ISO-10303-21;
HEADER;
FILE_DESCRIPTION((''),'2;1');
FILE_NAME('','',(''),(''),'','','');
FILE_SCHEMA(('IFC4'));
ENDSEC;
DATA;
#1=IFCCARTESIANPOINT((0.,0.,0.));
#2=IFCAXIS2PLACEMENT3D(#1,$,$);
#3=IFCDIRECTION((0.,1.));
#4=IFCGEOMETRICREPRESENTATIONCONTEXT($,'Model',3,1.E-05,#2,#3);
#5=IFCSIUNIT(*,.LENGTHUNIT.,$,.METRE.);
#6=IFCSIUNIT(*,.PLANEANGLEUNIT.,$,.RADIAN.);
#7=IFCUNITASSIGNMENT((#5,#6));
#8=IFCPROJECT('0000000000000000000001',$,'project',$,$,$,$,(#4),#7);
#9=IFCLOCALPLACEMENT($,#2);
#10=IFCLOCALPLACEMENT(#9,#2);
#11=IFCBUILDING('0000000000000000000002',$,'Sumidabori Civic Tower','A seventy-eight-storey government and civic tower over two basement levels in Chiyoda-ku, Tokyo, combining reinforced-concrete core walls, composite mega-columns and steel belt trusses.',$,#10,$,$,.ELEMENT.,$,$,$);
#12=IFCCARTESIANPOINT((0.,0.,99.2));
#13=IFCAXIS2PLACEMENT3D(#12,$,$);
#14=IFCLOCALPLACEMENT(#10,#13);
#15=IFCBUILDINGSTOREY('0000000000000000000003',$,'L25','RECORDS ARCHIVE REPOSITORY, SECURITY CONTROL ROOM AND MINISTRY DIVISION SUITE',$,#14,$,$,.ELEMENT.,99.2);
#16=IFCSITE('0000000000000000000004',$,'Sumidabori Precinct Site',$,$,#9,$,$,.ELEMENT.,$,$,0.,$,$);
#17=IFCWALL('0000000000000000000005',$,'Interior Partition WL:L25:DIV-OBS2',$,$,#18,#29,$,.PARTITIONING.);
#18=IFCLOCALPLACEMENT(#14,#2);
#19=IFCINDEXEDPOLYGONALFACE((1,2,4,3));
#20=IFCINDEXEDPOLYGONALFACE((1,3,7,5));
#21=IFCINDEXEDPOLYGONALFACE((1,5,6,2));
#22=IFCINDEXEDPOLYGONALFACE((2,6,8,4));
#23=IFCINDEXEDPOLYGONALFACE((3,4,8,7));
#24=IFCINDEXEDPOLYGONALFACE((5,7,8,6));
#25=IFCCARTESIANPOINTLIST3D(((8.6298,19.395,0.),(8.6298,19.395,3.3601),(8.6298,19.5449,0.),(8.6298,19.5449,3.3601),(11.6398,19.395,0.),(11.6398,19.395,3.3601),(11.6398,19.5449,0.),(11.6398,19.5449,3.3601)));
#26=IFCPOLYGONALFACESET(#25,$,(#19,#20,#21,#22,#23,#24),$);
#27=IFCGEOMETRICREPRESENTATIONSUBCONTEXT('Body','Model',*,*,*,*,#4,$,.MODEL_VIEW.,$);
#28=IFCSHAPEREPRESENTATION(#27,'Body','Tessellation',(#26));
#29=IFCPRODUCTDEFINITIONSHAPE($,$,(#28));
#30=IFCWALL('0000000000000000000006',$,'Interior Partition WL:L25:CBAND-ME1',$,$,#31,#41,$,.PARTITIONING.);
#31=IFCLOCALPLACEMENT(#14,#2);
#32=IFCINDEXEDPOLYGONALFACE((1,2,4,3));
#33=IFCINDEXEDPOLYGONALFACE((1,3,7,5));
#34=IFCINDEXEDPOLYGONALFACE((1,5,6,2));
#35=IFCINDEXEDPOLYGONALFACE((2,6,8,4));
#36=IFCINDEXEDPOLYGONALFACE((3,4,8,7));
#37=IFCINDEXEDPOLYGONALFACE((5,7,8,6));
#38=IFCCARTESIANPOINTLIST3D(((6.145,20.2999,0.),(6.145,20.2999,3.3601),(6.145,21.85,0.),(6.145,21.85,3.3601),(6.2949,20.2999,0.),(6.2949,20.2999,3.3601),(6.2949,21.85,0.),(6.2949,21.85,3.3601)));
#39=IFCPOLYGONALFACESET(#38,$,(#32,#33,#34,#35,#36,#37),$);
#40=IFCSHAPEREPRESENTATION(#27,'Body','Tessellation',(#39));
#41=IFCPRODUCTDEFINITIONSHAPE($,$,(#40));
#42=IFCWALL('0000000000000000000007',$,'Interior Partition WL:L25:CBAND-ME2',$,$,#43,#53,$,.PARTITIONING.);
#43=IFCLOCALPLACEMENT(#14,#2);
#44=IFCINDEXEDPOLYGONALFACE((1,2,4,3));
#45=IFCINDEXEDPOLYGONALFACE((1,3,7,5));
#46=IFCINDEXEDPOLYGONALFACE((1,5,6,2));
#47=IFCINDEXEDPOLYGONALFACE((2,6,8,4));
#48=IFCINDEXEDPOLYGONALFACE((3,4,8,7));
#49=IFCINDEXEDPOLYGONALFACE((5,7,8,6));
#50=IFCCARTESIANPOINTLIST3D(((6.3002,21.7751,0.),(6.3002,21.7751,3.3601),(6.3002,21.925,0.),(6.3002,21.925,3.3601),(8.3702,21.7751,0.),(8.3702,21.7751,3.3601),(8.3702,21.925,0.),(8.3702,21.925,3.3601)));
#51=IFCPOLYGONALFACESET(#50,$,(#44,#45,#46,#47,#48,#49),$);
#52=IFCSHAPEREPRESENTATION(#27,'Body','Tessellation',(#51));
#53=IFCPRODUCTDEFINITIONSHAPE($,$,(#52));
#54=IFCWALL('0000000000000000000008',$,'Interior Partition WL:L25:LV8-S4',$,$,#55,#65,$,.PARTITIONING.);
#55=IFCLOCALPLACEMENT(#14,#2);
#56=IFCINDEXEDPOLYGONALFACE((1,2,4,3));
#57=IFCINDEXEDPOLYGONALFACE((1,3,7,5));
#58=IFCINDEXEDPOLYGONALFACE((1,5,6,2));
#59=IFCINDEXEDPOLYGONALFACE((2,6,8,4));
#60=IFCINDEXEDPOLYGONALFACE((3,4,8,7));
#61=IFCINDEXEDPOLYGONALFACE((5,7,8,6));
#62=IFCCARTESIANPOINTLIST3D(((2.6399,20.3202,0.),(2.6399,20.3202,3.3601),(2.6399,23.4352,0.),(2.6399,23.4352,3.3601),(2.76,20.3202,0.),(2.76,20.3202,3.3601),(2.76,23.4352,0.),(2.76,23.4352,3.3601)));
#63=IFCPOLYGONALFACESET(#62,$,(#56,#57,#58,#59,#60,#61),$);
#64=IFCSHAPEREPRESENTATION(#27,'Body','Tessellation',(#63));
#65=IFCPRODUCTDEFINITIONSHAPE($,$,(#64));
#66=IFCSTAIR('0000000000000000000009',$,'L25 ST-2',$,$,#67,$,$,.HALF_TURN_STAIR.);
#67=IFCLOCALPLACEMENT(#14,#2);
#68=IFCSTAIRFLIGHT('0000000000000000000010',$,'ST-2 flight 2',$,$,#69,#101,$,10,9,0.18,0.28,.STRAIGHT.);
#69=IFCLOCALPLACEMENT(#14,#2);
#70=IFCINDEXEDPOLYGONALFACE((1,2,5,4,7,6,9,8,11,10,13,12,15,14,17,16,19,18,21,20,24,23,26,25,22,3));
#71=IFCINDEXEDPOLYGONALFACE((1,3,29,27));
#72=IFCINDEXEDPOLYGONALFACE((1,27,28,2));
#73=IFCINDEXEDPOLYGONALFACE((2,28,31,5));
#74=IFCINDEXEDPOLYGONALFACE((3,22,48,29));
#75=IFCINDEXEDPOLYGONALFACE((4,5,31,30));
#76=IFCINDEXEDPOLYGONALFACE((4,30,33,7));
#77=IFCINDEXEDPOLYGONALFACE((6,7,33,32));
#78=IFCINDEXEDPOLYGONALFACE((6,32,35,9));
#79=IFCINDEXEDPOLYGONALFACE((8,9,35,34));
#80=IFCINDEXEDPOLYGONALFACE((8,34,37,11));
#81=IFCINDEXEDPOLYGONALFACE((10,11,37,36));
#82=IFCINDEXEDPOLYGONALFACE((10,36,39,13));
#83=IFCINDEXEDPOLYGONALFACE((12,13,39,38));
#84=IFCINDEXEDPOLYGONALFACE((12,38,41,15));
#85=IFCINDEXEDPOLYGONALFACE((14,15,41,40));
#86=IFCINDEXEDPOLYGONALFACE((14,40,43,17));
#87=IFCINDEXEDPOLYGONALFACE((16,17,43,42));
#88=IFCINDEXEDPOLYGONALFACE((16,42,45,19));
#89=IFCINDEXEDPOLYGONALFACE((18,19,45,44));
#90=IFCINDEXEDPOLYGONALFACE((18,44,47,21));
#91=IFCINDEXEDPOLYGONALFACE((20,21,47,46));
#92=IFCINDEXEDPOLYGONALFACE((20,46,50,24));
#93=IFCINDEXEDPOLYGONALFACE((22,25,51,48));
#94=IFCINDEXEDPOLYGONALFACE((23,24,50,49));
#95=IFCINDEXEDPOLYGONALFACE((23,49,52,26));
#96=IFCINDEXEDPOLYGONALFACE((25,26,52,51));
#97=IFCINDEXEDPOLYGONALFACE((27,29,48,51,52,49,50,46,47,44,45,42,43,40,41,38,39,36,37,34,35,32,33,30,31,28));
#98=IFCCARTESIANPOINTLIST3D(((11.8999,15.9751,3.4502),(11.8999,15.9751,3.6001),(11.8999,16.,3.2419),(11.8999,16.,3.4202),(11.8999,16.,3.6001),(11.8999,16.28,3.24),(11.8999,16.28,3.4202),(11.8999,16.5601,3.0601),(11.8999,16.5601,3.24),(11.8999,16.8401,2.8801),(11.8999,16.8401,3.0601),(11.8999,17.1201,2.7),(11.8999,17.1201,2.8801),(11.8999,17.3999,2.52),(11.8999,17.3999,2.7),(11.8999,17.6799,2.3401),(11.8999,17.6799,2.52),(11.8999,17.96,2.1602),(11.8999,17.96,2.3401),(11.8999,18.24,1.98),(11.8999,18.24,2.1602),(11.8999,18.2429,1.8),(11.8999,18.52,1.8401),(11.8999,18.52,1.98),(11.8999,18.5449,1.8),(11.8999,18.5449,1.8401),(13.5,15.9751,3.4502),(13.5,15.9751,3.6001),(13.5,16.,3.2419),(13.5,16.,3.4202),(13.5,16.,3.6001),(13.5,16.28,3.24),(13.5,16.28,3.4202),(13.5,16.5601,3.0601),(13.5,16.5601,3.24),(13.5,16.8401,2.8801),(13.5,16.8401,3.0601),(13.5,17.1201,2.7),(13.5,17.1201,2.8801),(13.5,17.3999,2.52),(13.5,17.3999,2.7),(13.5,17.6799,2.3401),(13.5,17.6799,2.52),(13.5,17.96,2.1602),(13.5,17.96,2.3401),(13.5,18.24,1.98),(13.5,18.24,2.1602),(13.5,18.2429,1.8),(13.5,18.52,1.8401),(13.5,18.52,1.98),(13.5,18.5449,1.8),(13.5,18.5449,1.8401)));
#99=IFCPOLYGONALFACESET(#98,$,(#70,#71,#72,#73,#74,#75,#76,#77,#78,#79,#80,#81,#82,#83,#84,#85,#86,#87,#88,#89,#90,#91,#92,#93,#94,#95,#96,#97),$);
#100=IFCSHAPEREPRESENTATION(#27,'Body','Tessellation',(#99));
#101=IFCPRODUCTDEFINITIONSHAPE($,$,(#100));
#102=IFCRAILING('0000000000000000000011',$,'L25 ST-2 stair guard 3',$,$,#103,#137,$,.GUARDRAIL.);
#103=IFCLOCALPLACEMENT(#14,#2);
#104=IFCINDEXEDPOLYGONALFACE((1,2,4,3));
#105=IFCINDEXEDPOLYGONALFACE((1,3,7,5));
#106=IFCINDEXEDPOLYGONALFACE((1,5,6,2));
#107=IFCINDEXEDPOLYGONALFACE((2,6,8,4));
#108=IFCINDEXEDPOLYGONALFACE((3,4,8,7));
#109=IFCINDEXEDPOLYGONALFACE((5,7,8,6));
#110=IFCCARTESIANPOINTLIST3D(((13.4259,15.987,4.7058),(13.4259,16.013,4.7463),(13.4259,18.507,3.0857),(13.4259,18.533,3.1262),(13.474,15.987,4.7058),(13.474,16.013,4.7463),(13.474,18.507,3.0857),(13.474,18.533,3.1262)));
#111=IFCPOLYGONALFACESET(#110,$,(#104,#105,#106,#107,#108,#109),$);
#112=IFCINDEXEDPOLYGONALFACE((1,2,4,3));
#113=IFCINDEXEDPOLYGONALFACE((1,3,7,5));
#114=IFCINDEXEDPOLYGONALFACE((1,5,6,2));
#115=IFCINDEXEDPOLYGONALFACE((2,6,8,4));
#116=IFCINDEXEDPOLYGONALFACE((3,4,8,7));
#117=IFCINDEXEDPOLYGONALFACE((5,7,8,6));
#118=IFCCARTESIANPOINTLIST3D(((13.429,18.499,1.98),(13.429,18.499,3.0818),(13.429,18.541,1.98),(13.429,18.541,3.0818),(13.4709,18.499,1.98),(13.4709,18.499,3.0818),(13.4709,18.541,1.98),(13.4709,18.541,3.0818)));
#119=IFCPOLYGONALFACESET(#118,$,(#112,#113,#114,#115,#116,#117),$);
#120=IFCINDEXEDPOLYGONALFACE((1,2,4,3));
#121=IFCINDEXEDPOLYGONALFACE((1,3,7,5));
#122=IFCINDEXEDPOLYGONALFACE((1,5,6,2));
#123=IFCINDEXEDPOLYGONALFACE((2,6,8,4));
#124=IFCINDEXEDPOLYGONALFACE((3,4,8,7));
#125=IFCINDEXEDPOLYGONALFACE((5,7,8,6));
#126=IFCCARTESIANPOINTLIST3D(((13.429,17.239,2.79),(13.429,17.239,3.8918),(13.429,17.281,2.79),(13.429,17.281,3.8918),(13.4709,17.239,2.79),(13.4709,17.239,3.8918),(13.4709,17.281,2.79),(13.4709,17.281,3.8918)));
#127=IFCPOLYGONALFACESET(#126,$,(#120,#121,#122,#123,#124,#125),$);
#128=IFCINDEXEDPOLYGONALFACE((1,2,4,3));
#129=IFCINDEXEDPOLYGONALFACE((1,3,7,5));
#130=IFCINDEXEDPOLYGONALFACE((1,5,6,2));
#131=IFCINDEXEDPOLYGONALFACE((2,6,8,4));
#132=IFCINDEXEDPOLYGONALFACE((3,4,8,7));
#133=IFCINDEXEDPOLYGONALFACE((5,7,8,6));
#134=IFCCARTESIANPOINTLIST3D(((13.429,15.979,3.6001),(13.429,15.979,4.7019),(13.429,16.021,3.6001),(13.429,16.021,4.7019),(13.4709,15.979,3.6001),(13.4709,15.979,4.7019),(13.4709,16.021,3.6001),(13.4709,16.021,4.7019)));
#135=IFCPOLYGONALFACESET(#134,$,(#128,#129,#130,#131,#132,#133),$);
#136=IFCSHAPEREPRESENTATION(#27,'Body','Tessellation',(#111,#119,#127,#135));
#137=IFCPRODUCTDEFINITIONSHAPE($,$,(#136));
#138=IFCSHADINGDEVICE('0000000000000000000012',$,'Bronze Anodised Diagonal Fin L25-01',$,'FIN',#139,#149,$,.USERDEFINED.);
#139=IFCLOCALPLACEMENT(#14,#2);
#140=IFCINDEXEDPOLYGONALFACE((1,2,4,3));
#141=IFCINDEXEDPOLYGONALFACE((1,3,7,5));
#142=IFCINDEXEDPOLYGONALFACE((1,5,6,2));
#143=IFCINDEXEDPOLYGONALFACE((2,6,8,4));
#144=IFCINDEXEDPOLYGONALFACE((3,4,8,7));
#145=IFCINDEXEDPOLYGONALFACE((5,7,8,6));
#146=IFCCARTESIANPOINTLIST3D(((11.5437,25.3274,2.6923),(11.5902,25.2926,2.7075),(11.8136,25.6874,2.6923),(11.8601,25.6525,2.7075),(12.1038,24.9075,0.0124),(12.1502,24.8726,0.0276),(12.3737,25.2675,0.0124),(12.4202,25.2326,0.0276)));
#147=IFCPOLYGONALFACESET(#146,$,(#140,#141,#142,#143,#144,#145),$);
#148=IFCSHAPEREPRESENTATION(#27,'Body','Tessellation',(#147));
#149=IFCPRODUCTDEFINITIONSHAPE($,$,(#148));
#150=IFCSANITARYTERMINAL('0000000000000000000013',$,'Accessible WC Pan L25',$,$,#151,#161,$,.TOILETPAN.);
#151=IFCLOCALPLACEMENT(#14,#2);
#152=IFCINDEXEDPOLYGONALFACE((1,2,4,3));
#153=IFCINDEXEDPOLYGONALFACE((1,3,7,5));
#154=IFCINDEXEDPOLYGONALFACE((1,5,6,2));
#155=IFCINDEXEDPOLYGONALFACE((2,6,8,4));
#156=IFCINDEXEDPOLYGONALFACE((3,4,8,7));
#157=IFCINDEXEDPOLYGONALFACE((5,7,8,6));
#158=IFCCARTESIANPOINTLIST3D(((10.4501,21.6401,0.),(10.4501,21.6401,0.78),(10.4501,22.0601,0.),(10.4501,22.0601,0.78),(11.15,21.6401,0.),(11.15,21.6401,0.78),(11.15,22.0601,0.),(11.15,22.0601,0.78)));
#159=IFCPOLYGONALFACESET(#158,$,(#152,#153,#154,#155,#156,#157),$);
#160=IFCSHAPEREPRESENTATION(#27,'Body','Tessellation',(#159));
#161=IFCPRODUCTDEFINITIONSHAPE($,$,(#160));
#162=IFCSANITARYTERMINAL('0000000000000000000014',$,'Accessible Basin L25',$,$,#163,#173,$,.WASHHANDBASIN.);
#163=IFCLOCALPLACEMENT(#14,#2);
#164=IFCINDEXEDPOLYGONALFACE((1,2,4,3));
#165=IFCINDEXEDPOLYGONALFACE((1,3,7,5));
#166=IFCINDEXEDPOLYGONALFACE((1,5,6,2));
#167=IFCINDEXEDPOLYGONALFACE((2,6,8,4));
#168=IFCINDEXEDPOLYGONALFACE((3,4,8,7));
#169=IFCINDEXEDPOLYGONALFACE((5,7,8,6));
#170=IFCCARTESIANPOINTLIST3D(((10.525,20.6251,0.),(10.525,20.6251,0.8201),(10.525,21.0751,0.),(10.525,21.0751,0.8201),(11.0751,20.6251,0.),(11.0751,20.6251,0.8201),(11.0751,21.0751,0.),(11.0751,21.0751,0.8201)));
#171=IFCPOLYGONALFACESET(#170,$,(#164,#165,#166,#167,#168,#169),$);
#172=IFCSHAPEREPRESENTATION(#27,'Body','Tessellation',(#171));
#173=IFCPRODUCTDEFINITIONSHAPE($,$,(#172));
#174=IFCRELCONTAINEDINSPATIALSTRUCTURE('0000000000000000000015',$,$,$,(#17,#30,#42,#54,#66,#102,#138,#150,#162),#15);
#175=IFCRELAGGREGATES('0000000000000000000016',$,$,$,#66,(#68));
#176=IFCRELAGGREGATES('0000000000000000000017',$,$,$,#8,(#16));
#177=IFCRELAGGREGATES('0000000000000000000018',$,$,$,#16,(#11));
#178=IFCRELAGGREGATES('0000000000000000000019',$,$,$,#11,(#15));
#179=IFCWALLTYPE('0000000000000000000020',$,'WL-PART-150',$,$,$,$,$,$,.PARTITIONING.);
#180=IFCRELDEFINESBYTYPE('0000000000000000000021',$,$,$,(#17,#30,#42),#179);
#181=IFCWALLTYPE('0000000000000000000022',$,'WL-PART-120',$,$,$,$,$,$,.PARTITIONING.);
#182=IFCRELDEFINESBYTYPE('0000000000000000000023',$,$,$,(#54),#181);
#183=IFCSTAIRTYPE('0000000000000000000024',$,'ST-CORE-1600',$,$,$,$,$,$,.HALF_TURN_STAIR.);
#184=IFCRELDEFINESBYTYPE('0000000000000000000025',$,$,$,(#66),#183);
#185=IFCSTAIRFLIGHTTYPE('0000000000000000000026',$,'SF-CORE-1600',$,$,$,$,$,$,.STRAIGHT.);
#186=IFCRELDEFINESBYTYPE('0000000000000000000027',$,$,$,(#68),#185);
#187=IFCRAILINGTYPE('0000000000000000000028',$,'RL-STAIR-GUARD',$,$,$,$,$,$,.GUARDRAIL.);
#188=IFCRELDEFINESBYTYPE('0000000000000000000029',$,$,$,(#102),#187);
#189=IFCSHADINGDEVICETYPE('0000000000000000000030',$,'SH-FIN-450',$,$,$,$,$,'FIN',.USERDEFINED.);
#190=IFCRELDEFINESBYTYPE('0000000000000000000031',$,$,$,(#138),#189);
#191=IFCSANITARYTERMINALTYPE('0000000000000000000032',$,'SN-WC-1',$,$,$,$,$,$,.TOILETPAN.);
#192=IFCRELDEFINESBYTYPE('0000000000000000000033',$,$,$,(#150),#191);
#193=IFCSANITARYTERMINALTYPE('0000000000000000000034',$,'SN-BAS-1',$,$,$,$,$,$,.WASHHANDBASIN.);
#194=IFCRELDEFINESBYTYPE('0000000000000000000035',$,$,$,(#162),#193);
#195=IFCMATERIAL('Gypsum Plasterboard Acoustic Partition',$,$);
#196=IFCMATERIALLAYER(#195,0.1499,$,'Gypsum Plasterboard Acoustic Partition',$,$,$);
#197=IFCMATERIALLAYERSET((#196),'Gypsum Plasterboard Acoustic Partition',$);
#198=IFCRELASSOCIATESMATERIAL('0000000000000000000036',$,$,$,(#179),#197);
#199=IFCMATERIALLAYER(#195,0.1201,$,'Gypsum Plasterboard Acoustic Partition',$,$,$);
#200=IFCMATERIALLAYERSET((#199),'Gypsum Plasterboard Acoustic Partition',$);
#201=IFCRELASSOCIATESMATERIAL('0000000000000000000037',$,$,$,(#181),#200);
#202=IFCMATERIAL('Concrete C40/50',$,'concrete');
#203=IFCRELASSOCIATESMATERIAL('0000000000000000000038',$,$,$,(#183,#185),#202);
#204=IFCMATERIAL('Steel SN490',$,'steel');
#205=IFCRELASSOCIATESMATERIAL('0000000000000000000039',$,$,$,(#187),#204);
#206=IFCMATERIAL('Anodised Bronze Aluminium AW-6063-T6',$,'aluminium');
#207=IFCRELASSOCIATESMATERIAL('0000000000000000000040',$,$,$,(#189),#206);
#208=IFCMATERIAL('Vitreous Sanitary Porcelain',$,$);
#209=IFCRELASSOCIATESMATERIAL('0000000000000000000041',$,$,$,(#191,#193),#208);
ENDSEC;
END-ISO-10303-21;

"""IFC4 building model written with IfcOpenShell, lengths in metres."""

from ifc_helpers import new_model, si_unit, direction, frame, frame_2d, origin, origin_2d, place, context, subcontext, project, spatial, polyline, rectangle, outline, extrude, source, transform, mapped, material, layer, layer_set, material_profile, profile_set, type_object, element, aggregate, save


model = new_model("IFC4")

# Units and contexts
model_context = context("Model", 3, precision=1e-05, world=origin(), true_north=direction((0.0, 1.0)))
body_context = subcontext(model_context, "Body", "Model", "MODEL_VIEW")
ifc_project = project(units=[si_unit("LENGTHUNIT", "METRE"), si_unit("PLANEANGLEUNIT", "RADIAN")], contexts=[model_context])

# Site, building, storey
site_placement = place(None, origin())
site = spatial("IfcSite", under=ifc_project, at=site_placement, Name="Sumidabori Precinct Site", CompositionType="ELEMENT", RefElevation=0.0)
building_placement = place(site_placement, origin())
building = spatial("IfcBuilding", under=site, at=building_placement, Name="Sumidabori Civic Tower", Description="A seventy-eight-storey government and civic tower over two basement levels in Chiyoda-ku, Tokyo, combining reinforced-concrete core walls, composite mega-columns and steel belt trusses.", CompositionType="ELEMENT")
storey_placement = place(building_placement, frame((0.0, 0.0, 99.2)))
storey = spatial("IfcBuildingStorey", under=building, at=storey_placement, Name="L25", Description="RECORDS ARCHIVE REPOSITORY, SECURITY CONTROL ROOM AND MINISTRY DIVISION SUITE", CompositionType="ELEMENT", Elevation=99.2)

# Shared definitions
ifc_material_1 = material(Name="Steel SN490", Category="steel")

# Shared definitions
ifc_material_2 = material(Name="Anodised Bronze Aluminium AW-6063-T6", Category="aluminium")

# Walls
ifc_material_3 = material(Name="Gypsum Plasterboard Acoustic Partition")
ifc_layer_1 = layer(ifc_material_3, 0.1499, Name="Gypsum Plasterboard Acoustic Partition")
ifc_layer_set_1 = layer_set([ifc_layer_1], Name="Gypsum Plasterboard Acoustic Partition")
wall_type_1 = type_object("IfcWallType", Name="WL-PART-150", PredefinedType="PARTITIONING", material=ifc_layer_set_1)
shared_shape_1 = source(origin(), body_context, "Body", "SweptSolid", [
    extrude(rectangle(XDim=3.01, YDim=0.1499, at=frame_2d((1.5049, 0.0))), origin(), (0.0, 0.0, 1.0), 3.3601),
])
wall_1_placement = place(storey_placement, frame((8.6299, 19.47, 0.0), z_axis=(0.0, 0.0, 1.0), x_axis=(1.0, 0.0, 0.0)))
element("IfcWall", 1, at=wall_1_placement, inside=storey, type_object=wall_type_1, Name="Interior Partition WL:L25:DIV-OBS2", PredefinedType="PARTITIONING", context=body_context, shape_type="MappedRepresentation", body=[
    mapped(shared_shape_1, transform((0.0, 0.0, 0.0), x_axis=(1.0, 0.0, 0.0), y_axis=(0.0, 1.0, 0.0), z_axis=(0.0, 0.0, 1.0), scale=1.0)),
])
shared_shape_2 = source(origin(), body_context, "Body", "SweptSolid", [
    extrude(rectangle(XDim=1.55, YDim=0.1499, at=frame_2d((0.7749, 0.0))), origin(), (0.0, 0.0, 1.0), 3.3601),
])
wall_2_placement = place(storey_placement, frame((6.22, 20.3, 0.0), z_axis=(0.0, 0.0, 1.0), x_axis=(0.0, 1.0, 0.0)))
element("IfcWall", 2, at=wall_2_placement, inside=storey, type_object=wall_type_1, Name="Interior Partition WL:L25:CBAND-ME1", PredefinedType="PARTITIONING", context=body_context, shape_type="MappedRepresentation", body=[
    mapped(shared_shape_2, transform((0.0, 0.0, 0.0), x_axis=(1.0, 0.0, 0.0), y_axis=(0.0, 1.0, 0.0), z_axis=(0.0, 0.0, 1.0), scale=1.0)),
])
shared_shape_3 = source(origin(), body_context, "Body", "SweptSolid", [
    extrude(rectangle(XDim=2.0701, YDim=0.1499, at=frame_2d((1.0352, 0.0))), origin(), (0.0, 0.0, 1.0), 3.3601),
])
wall_3_placement = place(storey_placement, frame((6.3, 21.8501, 0.0), z_axis=(0.0, 0.0, 1.0), x_axis=(1.0, 0.0, 0.0)))
element("IfcWall", 3, at=wall_3_placement, inside=storey, type_object=wall_type_1, Name="Interior Partition WL:L25:CBAND-ME2", PredefinedType="PARTITIONING", context=body_context, shape_type="MappedRepresentation", body=[
    mapped(shared_shape_3, transform((0.0, 0.0, 0.0), x_axis=(1.0, 0.0, 0.0), y_axis=(0.0, 1.0, 0.0), z_axis=(0.0, 0.0, 1.0), scale=1.0)),
])
ifc_layer_2 = layer(ifc_material_3, 0.1201, Name="Gypsum Plasterboard Acoustic Partition")
ifc_layer_set_2 = layer_set([ifc_layer_2], Name="Gypsum Plasterboard Acoustic Partition")
wall_type_2 = type_object("IfcWallType", Name="WL-PART-120", PredefinedType="PARTITIONING", material=ifc_layer_set_2)
shared_shape_4 = source(origin(), body_context, "Body", "SweptSolid", [
    extrude(rectangle(XDim=3.115, YDim=0.1201, at=frame_2d((1.5576, 0.0))), origin(), (0.0, 0.0, 1.0), 3.3601),
])
wall_4_placement = place(storey_placement, frame((2.7, 20.3201, 0.0), z_axis=(0.0, 0.0, 1.0), x_axis=(0.0, 1.0, 0.0)))
element("IfcWall", 4, at=wall_4_placement, inside=storey, type_object=wall_type_2, Name="Interior Partition WL:L25:LV8-S4", PredefinedType="PARTITIONING", context=body_context, shape_type="MappedRepresentation", body=[
    mapped(shared_shape_4, transform((0.0, 0.0, 0.0), x_axis=(1.0, 0.0, 0.0), y_axis=(0.0, 1.0, 0.0), z_axis=(0.0, 0.0, 1.0), scale=1.0)),
])

# Stair, stair flight
ifc_material_4 = material(Name="Concrete C40/50", Category="concrete")
stair_type = type_object("IfcStairType", Name="ST-CORE-1600", PredefinedType="HALF_TURN_STAIR", material=ifc_material_4)
stair_placement = place(storey_placement, origin())
stair = element("IfcStair", 5, at=stair_placement, inside=storey, type_object=stair_type, Name="L25 ST-2", PredefinedType="HALF_TURN_STAIR")
stair_flight_type = type_object("IfcStairFlightType", Name="SF-CORE-1600", PredefinedType="STRAIGHT", material=ifc_material_4)
shared_shape_5 = source(origin(), body_context, "Body", "SweptSolid", [
    extrude(outline(polyline([(-0.0249, 0.0), (-0.0249, 0.04), (0.0, 0.04), (0.0, 0.1799), (0.28, 0.1799), (0.28, 0.3601), (0.5601, 0.3601), (0.5601, 0.54), (0.8401, 0.54), (0.8401, 0.72), (1.1201, 0.72), (1.1201, 0.8999), (1.3999, 0.8999), (1.3999, 1.0801), (1.6799, 1.0801), (1.6799, 1.26), (1.96, 1.26), (1.96, 1.4399), (2.24, 1.4399), (2.24, 1.6201), (2.52, 1.6201), (2.52, 1.8), (2.5449, 1.8), (2.5449, 1.6501), (2.52, 1.4419), (0.2771, 0.0), (-0.0249, 0.0)])), frame((0.0, 0.8, 0.0), z_axis=(0.0, -1.0, 0.0), x_axis=(1.0, 0.0, 0.0)), (0.0, 0.0, 1.0), 1.6001),
])
stair_flight_placement = place(storey_placement, frame((12.7, 18.52, 1.8), z_axis=(0.0, 0.0, 1.0), x_axis=(0.0, -1.0, 0.0)))
stair_flight = element("IfcStairFlight", 6, at=stair_flight_placement, type_object=stair_flight_type, Name="ST-2 flight 2", NumberOfRisers=10, NumberOfTreads=9, PredefinedType="STRAIGHT", RiserHeight=0.18, TreadLength=0.28, context=body_context, shape_type="MappedRepresentation", body=[
    mapped(shared_shape_5, transform((0.0, 0.0, 0.0), x_axis=(1.0, 0.0, 0.0), y_axis=(0.0, 1.0, 0.0), z_axis=(0.0, 0.0, 1.0), scale=1.0)),
])
aggregate(stair, [stair_flight])

# Railing
railing_type = type_object("IfcRailingType", Name="RL-STAIR-GUARD", PredefinedType="GUARDRAIL", material=ifc_material_1)
railing_placement = place(storey_placement, frame((13.45, 18.52, 1.98)))
element("IfcRailing", 7, at=railing_placement, inside=storey, type_object=railing_type, Name="L25 ST-2 stair guard 3", PredefinedType="GUARDRAIL", context=body_context, shape_type="SweptSolid", body=[
    extrude(rectangle(XDim=0.0481, YDim=0.0481, at=origin_2d()), frame((0.0, 0.0, 1.126), z_axis=(0.0, -0.841163, 0.540782), x_axis=(1.0, 0.0, 0.0)), (0.0, 0.0, 1.0), 2.9958),
    extrude(rectangle(XDim=0.042, YDim=0.042, at=origin_2d()), origin(), (0.0, 0.0, 1.0), 1.1018),
    extrude(rectangle(XDim=0.042, YDim=0.042, at=origin_2d()), frame((0.0, -1.26, 0.8101)), (0.0, 0.0, 1.0), 1.1018),
    extrude(rectangle(XDim=0.042, YDim=0.042, at=origin_2d()), frame((0.0, -2.52, 1.6201)), (0.0, 0.0, 1.0), 1.1018),
])

# Shading device
ifc_material_profile_1 = material_profile(ifc_material_2, rectangle(XDim=0.0601, YDim=0.45, at=origin_2d()), Name="BRONZE FIN 450x60")
ifc_profile_set_1 = profile_set([ifc_material_profile_1], Name="Anodised Bronze Aluminium AW-6063-T6")
shading_device_type = type_object("IfcShadingDeviceType", Name="SH-FIN-450", ElementType="FIN", PredefinedType="USERDEFINED", material=ifc_profile_set_1)
shared_shape_6 = source(origin(), body_context, "Body", "SweptSolid", [
    extrude(rectangle(XDim=0.0601, YDim=0.45, at=origin_2d()), origin(), (0.0, 0.0, 1.0), 2.7698),
])
shading_device_placement = place(storey_placement, frame((12.262, 25.0701, 0.02), z_axis=(-0.202199, 0.151605, 0.967539), x_axis=(0.774112, -0.580415, 0.252722)))
element("IfcShadingDevice", 8, at=shading_device_placement, inside=storey, type_object=shading_device_type, Name="Bronze Anodised Diagonal Fin L25-01", ObjectType="FIN", PredefinedType="USERDEFINED", context=body_context, shape_type="MappedRepresentation", body=[
    mapped(shared_shape_6, transform((0.0, 0.0, 0.0), x_axis=(1.0, 0.0, 0.0), y_axis=(0.0, 1.0, 0.0), z_axis=(0.0, 0.0, 1.0), scale=1.0)),
])

# Sanitary terminals
ifc_material_5 = material(Name="Vitreous Sanitary Porcelain")
sanitary_terminal_type_1 = type_object("IfcSanitaryTerminalType", Name="SN-WC-1", PredefinedType="TOILETPAN", material=ifc_material_5)
shared_shape_7 = source(origin(), body_context, "Body", "SweptSolid", [
    extrude(rectangle(XDim=0.7, YDim=0.4199, at=origin_2d()), origin(), (0.0, 0.0, 1.0), 0.78),
])
sanitary_terminal_1_placement = place(storey_placement, frame((10.8, 21.8501, 0.0), z_axis=(0.0, 0.0, 1.0), x_axis=(1.0, 0.0, 0.0)))
element("IfcSanitaryTerminal", 9, at=sanitary_terminal_1_placement, inside=storey, type_object=sanitary_terminal_type_1, Name="Accessible WC Pan L25", PredefinedType="TOILETPAN", context=body_context, shape_type="MappedRepresentation", body=[
    mapped(shared_shape_7, transform((0.0, 0.0, 0.0), x_axis=(1.0, 0.0, 0.0), y_axis=(0.0, 1.0, 0.0), z_axis=(0.0, 0.0, 1.0), scale=1.0)),
])
sanitary_terminal_type_2 = type_object("IfcSanitaryTerminalType", Name="SN-BAS-1", PredefinedType="WASHHANDBASIN", material=ifc_material_5)
shared_shape_8 = source(origin(), body_context, "Body", "SweptSolid", [
    extrude(rectangle(XDim=0.55, YDim=0.45, at=origin_2d()), origin(), (0.0, 0.0, 1.0), 0.8201),
])
sanitary_terminal_2_placement = place(storey_placement, frame((10.8, 20.8501, 0.0), z_axis=(0.0, 0.0, 1.0), x_axis=(1.0, 0.0, 0.0)))
element("IfcSanitaryTerminal", 10, at=sanitary_terminal_2_placement, inside=storey, type_object=sanitary_terminal_type_2, Name="Accessible Basin L25", PredefinedType="WASHHANDBASIN", context=body_context, shape_type="MappedRepresentation", body=[
    mapped(shared_shape_8, transform((0.0, 0.0, 0.0), x_axis=(1.0, 0.0, 0.0), y_axis=(0.0, 1.0, 0.0), z_axis=(0.0, 0.0, 1.0), scale=1.0)),
])

save(model, "model.ifc")
